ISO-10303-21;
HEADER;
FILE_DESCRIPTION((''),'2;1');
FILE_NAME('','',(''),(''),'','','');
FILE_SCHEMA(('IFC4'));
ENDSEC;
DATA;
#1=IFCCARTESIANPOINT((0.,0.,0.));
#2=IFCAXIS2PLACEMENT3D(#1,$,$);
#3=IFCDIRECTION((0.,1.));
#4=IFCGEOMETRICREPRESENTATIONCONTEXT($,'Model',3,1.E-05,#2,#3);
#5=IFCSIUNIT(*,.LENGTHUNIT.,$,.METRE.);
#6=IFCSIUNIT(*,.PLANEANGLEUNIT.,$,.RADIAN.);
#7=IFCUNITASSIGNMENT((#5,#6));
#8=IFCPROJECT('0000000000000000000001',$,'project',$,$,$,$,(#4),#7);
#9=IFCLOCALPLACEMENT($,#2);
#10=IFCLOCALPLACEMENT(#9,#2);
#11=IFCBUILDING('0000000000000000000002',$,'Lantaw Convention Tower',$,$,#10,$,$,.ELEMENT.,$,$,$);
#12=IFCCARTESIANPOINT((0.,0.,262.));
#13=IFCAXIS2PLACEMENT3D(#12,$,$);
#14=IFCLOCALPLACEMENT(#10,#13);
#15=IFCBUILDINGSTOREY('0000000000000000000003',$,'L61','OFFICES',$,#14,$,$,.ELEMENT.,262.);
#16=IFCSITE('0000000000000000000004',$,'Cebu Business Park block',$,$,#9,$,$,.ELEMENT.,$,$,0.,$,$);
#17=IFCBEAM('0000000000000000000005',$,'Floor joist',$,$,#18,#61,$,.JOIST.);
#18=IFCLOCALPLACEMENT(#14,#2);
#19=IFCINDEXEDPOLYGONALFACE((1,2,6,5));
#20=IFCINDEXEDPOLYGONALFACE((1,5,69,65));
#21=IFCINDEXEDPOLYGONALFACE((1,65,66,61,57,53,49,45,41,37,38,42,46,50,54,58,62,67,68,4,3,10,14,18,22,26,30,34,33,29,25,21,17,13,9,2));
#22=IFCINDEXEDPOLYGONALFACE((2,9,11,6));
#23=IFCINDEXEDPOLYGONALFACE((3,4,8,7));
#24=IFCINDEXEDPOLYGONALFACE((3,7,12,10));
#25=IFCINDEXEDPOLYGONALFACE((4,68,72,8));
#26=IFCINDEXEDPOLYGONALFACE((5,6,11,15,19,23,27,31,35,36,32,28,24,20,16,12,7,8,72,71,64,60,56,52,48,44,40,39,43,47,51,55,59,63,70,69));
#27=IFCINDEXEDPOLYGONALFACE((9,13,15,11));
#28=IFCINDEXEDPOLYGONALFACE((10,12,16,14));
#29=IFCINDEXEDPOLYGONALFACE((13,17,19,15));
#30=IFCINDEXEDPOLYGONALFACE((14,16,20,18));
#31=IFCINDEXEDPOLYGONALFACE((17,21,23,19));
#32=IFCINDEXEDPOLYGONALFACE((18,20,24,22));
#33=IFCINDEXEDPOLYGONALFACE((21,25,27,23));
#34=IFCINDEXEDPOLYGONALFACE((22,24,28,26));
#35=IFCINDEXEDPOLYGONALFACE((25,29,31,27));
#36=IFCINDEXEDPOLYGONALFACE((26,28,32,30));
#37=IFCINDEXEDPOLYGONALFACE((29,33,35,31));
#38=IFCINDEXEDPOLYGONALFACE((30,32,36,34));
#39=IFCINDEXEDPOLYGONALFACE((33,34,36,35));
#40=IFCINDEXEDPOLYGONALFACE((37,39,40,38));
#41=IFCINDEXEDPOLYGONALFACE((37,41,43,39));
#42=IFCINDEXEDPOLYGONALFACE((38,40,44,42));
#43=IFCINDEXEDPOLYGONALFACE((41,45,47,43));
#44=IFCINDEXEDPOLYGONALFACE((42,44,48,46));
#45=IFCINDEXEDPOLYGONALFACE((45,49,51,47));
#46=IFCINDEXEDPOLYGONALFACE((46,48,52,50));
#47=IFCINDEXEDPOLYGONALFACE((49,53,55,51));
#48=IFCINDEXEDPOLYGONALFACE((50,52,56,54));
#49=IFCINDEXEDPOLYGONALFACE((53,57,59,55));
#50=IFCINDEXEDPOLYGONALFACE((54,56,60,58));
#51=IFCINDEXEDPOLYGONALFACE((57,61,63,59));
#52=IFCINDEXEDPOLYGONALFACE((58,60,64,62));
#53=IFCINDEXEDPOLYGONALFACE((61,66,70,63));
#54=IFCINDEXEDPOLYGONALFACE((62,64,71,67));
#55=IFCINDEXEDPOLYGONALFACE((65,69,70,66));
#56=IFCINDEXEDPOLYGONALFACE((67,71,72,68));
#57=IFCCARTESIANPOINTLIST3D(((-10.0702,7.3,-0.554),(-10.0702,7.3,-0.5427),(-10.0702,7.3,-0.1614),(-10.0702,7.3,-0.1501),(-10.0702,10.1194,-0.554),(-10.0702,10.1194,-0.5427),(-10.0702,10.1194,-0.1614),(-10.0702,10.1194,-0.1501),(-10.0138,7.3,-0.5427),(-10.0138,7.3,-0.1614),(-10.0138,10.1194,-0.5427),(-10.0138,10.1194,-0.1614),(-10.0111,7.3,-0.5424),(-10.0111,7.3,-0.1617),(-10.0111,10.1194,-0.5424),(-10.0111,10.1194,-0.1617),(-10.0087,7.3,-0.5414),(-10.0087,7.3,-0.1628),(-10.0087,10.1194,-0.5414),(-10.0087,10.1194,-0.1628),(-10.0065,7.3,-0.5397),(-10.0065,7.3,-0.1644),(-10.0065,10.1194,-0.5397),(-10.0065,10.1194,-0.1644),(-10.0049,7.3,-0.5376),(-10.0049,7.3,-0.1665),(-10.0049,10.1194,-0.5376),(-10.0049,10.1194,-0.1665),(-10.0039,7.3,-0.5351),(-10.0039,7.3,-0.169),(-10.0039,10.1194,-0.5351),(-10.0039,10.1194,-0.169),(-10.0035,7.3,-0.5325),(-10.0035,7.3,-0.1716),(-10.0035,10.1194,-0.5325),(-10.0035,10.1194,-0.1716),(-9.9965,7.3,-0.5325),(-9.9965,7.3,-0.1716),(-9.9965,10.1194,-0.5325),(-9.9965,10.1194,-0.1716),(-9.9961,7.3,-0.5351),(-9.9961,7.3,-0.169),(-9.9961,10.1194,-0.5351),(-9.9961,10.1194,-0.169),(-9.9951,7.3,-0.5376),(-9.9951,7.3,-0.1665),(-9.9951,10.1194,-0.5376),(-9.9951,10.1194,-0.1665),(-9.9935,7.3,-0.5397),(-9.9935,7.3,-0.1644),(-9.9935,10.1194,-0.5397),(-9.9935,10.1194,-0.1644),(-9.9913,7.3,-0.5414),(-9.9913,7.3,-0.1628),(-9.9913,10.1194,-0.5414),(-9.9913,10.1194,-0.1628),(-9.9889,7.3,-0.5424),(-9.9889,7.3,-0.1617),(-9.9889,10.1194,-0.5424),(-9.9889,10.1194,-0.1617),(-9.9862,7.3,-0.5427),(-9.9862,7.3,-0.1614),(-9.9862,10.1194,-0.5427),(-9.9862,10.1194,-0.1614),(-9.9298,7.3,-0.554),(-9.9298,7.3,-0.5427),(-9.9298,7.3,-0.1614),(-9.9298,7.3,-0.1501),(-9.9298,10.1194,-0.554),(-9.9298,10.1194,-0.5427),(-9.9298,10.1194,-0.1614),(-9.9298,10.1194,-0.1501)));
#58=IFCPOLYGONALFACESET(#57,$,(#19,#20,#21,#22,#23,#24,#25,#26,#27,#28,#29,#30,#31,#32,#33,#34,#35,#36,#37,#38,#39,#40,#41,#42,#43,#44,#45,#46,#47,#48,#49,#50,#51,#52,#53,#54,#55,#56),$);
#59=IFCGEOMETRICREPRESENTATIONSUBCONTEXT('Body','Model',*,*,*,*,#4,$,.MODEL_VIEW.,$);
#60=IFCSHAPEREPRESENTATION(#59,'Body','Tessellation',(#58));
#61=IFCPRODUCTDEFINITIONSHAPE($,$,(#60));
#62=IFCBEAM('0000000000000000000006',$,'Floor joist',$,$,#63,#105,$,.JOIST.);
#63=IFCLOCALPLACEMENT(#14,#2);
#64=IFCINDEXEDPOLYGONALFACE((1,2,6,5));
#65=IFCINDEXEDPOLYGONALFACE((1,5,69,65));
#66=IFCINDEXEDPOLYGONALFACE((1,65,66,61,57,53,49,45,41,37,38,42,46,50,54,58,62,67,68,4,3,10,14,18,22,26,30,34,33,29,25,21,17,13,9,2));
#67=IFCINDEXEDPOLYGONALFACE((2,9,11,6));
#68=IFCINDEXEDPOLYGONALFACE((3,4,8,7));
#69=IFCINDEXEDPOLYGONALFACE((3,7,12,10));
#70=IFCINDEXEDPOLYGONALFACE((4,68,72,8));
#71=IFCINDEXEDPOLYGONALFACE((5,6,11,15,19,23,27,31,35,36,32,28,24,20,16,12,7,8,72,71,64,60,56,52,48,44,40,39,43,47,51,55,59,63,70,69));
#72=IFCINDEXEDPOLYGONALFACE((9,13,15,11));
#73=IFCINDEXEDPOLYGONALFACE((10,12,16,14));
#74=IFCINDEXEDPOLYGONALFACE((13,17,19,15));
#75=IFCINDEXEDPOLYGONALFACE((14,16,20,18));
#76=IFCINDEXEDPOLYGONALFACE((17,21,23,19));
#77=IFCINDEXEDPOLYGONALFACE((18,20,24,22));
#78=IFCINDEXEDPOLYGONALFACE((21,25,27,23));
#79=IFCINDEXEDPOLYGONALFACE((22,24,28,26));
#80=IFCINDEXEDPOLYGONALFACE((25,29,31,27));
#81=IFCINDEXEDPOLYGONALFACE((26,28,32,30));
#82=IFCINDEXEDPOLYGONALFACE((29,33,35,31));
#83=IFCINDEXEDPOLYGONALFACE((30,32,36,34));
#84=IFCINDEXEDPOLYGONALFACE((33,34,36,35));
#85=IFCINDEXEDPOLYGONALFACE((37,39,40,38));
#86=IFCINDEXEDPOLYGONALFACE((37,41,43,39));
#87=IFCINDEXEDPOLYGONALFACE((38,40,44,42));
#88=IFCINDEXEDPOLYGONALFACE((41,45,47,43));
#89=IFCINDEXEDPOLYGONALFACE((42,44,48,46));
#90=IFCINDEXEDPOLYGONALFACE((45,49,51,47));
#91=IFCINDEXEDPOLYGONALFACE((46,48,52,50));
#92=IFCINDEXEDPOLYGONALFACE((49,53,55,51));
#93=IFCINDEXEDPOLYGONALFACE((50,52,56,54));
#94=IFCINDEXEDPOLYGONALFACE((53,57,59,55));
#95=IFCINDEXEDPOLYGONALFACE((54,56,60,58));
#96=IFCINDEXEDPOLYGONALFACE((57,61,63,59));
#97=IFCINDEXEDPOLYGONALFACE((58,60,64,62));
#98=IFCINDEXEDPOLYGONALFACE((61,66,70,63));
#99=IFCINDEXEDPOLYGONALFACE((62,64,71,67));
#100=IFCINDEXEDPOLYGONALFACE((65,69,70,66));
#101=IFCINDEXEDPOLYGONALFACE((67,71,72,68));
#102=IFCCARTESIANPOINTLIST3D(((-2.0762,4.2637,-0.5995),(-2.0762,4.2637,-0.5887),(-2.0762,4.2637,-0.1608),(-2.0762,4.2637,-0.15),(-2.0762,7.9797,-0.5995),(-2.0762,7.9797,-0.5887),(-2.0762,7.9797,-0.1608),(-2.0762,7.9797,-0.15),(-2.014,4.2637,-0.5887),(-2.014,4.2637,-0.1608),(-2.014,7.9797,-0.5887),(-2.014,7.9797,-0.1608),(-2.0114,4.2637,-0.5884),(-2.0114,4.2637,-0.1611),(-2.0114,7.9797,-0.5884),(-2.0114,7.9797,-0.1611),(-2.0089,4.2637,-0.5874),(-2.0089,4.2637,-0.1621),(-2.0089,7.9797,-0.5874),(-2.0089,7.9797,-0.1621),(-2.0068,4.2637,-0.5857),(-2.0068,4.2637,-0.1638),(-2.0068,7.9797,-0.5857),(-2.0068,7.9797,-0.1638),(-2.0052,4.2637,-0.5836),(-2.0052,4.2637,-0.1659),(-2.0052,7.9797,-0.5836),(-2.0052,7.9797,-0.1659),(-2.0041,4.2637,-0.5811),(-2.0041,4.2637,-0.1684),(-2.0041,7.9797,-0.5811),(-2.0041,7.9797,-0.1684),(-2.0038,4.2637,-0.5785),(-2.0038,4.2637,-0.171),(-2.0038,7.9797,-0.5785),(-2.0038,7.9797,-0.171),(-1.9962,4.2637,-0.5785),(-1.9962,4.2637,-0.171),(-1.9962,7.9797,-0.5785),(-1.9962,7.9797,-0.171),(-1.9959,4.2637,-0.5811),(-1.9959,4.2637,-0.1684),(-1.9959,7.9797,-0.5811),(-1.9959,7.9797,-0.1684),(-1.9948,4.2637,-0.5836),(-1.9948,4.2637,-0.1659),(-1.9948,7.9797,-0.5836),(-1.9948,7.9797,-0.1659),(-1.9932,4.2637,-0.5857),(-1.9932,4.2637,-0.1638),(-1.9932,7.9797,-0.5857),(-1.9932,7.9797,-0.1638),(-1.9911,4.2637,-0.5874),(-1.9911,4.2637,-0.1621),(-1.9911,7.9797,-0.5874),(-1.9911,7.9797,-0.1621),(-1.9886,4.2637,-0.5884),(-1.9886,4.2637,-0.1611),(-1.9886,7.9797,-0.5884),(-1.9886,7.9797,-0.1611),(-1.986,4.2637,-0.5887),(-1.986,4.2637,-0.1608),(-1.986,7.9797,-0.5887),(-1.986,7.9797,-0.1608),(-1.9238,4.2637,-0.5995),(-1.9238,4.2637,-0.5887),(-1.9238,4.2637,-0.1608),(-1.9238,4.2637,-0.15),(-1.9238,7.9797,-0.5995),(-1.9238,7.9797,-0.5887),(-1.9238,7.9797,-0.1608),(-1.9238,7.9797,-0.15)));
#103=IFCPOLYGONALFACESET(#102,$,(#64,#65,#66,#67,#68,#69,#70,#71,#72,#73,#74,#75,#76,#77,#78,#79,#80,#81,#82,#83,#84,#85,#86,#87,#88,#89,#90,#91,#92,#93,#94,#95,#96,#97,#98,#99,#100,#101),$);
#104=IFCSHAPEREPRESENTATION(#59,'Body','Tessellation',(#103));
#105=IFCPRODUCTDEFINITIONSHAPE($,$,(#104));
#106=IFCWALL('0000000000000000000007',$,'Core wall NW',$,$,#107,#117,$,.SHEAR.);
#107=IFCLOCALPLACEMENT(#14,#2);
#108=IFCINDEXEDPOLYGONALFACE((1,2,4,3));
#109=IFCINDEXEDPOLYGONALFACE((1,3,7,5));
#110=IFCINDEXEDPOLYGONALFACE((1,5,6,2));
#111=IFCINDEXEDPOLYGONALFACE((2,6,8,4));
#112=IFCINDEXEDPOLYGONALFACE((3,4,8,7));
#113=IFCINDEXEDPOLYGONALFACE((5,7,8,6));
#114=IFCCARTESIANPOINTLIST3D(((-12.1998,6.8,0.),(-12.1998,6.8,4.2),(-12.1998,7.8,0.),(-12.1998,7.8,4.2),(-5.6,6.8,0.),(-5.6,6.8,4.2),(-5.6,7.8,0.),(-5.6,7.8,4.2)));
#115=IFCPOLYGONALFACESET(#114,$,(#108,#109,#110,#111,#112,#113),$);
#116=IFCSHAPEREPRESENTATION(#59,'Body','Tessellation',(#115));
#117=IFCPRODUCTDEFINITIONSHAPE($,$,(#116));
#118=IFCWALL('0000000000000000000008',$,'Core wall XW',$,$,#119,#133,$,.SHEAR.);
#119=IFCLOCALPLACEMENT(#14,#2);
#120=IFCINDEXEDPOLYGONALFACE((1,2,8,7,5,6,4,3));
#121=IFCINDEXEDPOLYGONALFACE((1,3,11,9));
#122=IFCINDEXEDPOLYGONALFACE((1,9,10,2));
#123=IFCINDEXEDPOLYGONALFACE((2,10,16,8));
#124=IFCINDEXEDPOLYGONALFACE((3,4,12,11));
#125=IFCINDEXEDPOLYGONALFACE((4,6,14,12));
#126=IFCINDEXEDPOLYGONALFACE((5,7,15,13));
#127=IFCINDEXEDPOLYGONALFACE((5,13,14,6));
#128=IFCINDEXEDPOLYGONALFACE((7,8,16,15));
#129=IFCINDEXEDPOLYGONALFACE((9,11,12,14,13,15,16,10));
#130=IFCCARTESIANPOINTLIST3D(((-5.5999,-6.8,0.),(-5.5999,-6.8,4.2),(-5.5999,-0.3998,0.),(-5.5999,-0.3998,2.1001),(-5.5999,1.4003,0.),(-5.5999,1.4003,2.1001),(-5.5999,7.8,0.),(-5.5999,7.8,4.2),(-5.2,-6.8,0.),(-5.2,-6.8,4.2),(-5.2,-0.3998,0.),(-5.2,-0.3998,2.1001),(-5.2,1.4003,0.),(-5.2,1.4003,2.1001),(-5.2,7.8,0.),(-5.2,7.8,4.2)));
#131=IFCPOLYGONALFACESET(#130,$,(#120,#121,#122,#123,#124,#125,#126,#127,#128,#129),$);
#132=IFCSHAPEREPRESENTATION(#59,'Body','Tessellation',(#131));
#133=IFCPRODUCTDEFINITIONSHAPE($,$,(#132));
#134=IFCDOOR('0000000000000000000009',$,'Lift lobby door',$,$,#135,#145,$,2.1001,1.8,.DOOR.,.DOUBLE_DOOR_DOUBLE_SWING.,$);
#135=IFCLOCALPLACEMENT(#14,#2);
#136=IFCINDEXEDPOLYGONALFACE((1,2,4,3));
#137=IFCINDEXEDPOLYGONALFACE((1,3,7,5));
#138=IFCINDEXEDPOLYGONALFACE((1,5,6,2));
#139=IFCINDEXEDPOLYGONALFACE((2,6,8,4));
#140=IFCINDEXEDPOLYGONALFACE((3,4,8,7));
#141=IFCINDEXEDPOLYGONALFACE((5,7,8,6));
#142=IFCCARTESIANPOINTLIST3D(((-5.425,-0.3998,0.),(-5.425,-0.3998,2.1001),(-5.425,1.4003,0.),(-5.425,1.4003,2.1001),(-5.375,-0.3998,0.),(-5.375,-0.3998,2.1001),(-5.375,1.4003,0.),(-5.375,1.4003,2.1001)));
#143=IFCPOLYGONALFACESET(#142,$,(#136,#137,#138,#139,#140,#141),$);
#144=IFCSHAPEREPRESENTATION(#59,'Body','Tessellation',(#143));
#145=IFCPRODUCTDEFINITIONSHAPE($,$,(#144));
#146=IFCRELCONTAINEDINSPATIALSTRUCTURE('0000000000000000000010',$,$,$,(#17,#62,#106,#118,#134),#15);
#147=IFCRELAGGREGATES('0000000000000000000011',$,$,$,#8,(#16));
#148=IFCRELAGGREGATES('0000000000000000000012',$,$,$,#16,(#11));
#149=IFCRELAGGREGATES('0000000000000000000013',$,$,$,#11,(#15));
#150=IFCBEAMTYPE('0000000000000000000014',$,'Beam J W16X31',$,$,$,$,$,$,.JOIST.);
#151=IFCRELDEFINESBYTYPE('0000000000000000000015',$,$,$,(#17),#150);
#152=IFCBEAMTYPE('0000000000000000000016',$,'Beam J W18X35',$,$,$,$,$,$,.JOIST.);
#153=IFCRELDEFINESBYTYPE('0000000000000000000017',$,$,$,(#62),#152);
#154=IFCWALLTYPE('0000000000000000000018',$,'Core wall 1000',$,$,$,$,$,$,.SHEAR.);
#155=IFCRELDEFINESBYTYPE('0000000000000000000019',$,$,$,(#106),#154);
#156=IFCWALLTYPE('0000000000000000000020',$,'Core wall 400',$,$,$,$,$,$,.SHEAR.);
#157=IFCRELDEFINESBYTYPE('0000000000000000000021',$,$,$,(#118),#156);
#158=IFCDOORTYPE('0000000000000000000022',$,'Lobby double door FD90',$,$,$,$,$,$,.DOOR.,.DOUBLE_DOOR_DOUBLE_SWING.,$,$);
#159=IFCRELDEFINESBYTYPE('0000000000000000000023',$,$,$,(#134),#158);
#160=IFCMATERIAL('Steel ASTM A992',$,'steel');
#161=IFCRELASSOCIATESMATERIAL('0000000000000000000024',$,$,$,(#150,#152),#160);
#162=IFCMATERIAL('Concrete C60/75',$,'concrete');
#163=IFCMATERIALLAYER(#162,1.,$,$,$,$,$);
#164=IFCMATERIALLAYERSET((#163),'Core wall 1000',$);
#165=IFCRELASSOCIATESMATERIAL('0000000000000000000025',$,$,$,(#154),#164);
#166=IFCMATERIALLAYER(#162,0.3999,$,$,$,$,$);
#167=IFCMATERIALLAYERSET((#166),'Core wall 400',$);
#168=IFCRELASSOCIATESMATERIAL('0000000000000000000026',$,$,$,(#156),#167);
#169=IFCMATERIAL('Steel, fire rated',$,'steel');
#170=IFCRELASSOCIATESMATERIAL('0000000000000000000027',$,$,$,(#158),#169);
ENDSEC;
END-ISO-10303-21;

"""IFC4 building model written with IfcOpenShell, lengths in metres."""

from ifc_helpers import new_model, si_unit, direction, frame, frame_2d, origin, origin_2d, place, context, subcontext, project, spatial, rectangle, i_section, extrude, material, layer, layer_set, material_profile, profile_set, type_object, element, fill, save


model = new_model("IFC4")

# Units and contexts
model_context = context("Model", 3, precision=1e-05, world=origin(), true_north=direction((0.0, 1.0)))
body_context = subcontext(model_context, "Body", "Model", "MODEL_VIEW")
ifc_project = project(units=[si_unit("LENGTHUNIT", "METRE"), si_unit("PLANEANGLEUNIT", "RADIAN")], contexts=[model_context])

# Site, building, storey
site_placement = place(None, origin())
site = spatial("IfcSite", under=ifc_project, at=site_placement, Name="Cebu Business Park block", CompositionType="ELEMENT", RefElevation=0.0)
building_placement = place(site_placement, origin())
building = spatial("IfcBuilding", under=site, at=building_placement, Name="Lantaw Convention Tower", CompositionType="ELEMENT")
storey_placement = place(building_placement, frame((0.0, 0.0, 262.0)))
storey = spatial("IfcBuildingStorey", under=building, at=storey_placement, Name="L61", Description="OFFICES", CompositionType="ELEMENT", Elevation=262.0)

# Beams
ifc_material_1 = material(Name="Steel ASTM A992", Category="steel")
ifc_material_profile_1 = material_profile(ifc_material_1, i_section(OverallWidth=0.1404, OverallDepth=0.4038, WebThickness=0.0071, FlangeThickness=0.0112, FilletRadius=0.0103, at=origin_2d()), Name="W16X31")
ifc_profile_set_1 = profile_set([ifc_material_profile_1], Name="Steel ASTM A992")
beam_type_1 = type_object("IfcBeamType", Name="Beam J W16X31", PredefinedType="JOIST", material=ifc_profile_set_1)
beam_1_placement = place(storey_placement, frame((-10.0, 7.3, -0.3521), z_axis=(0.0, 1.0, 0.0), x_axis=(-1.0, 0.0, 0.0)))
element("IfcBeam", 1, at=beam_1_placement, inside=storey, type_object=beam_type_1, Name="Floor joist", PredefinedType="JOIST", context=body_context, shape_type="SweptSolid", body=[
    extrude(i_section(OverallWidth=0.1404, OverallDepth=0.4038, WebThickness=0.0071, FlangeThickness=0.0112, FilletRadius=0.0103, at=origin_2d()), origin(), (0.0, 0.0, 1.0), 2.8193),
])
ifc_material_profile_2 = material_profile(ifc_material_1, i_section(OverallWidth=0.1523, OverallDepth=0.4495, WebThickness=0.0076, FlangeThickness=0.0107, FilletRadius=0.0103, at=origin_2d()), Name="W18X35")
ifc_profile_set_2 = profile_set([ifc_material_profile_2], Name="Steel ASTM A992")
beam_type_2 = type_object("IfcBeamType", Name="Beam J W18X35", PredefinedType="JOIST", material=ifc_profile_set_2)
beam_2_placement = place(storey_placement, frame((-2.0, 4.2637, -0.3748), z_axis=(0.0, 1.0, 0.0), x_axis=(-1.0, 0.0, 0.0)))
element("IfcBeam", 2, at=beam_2_placement, inside=storey, type_object=beam_type_2, Name="Floor joist", PredefinedType="JOIST", context=body_context, shape_type="SweptSolid", body=[
    extrude(i_section(OverallWidth=0.1523, OverallDepth=0.4495, WebThickness=0.0076, FlangeThickness=0.0107, FilletRadius=0.0103, at=origin_2d()), origin(), (0.0, 0.0, 1.0), 3.7161),
])

# Wall
ifc_material_2 = material(Name="Concrete C60/75", Category="concrete")
ifc_layer_1 = layer(ifc_material_2, 1.0)
ifc_layer_set_1 = layer_set([ifc_layer_1], Name="Core wall 1000")
wall_type_1 = type_object("IfcWallType", Name="Core wall 1000", PredefinedType="SHEAR", material=ifc_layer_set_1)
wall_1_placement = place(storey_placement, frame((-5.6001, 7.3, 0.0), z_axis=(0.0, 0.0, 1.0), x_axis=(-1.0, 0.0, 0.0)))
element("IfcWall", 3, at=wall_1_placement, inside=storey, type_object=wall_type_1, Name="Core wall NW", PredefinedType="SHEAR", context=body_context, shape_type="SweptSolid", body=[
    extrude(rectangle(XDim=6.5999, YDim=1.0, at=frame_2d((3.2998, 0.0))), origin(), (0.0, 0.0, 1.0), 4.2),
])

# Wall, opening, door
ifc_layer_2 = layer(ifc_material_2, 0.3999)
ifc_layer_set_2 = layer_set([ifc_layer_2], Name="Core wall 400")
wall_type_2 = type_object("IfcWallType", Name="Core wall 400", PredefinedType="SHEAR", material=ifc_layer_set_2)
wall_2_placement = place(storey_placement, frame((-5.3999, 7.8, 0.0), z_axis=(0.0, 0.0, 1.0), x_axis=(0.0, -1.0, 0.0)))
wall_2 = element("IfcWall", 4, at=wall_2_placement, inside=storey, type_object=wall_type_2, Name="Core wall XW", PredefinedType="SHEAR", context=body_context, shape_type="SweptSolid", body=[
    extrude(rectangle(XDim=14.6001, YDim=0.3999, at=frame_2d((7.3, 0.0))), origin(), (0.0, 0.0, 1.0), 4.2),
])
opening_1_placement = place(wall_2_placement, frame((6.3999, 0.0, 0.0)))
opening_1 = element("IfcOpeningElement", 5, at=opening_1_placement, cuts=wall_2, PredefinedType="OPENING", context=body_context, shape_type="SweptSolid", body=[
    extrude(rectangle(XDim=1.8, YDim=2.1001, at=frame_2d((0.8999, 1.05))), frame((0.0, 0.21, 0.0), z_axis=(0.0, -1.0, 0.0), x_axis=(1.0, 0.0, 0.0)), (0.0, 0.0, 1.0), 0.4199),
])
ifc_material_3 = material(Name="Steel, fire rated", Category="steel")
door_type_1 = type_object("IfcDoorType", Name="Lobby double door FD90", OperationType="DOUBLE_DOOR_DOUBLE_SWING", PredefinedType="DOOR", material=ifc_material_3)
door_1_placement = place(opening_1_placement, origin())
door_1 = element("IfcDoor", 6, at=door_1_placement, inside=storey, type_object=door_type_1, Name="Lift lobby door", OperationType="DOUBLE_DOOR_DOUBLE_SWING", OverallHeight=2.1001, OverallWidth=1.8, PredefinedType="DOOR", context=body_context, shape_type="SweptSolid", body=[
    extrude(rectangle(XDim=1.8, YDim=2.1001, at=frame_2d((0.8999, 1.05))), frame((0.0, 0.0249, 0.0), z_axis=(0.0, -1.0, 0.0), x_axis=(1.0, 0.0, 0.0)), (0.0, 0.0, 1.0), 0.05),
])
fill(opening_1, door_1)

save(model, "model.ifc")
